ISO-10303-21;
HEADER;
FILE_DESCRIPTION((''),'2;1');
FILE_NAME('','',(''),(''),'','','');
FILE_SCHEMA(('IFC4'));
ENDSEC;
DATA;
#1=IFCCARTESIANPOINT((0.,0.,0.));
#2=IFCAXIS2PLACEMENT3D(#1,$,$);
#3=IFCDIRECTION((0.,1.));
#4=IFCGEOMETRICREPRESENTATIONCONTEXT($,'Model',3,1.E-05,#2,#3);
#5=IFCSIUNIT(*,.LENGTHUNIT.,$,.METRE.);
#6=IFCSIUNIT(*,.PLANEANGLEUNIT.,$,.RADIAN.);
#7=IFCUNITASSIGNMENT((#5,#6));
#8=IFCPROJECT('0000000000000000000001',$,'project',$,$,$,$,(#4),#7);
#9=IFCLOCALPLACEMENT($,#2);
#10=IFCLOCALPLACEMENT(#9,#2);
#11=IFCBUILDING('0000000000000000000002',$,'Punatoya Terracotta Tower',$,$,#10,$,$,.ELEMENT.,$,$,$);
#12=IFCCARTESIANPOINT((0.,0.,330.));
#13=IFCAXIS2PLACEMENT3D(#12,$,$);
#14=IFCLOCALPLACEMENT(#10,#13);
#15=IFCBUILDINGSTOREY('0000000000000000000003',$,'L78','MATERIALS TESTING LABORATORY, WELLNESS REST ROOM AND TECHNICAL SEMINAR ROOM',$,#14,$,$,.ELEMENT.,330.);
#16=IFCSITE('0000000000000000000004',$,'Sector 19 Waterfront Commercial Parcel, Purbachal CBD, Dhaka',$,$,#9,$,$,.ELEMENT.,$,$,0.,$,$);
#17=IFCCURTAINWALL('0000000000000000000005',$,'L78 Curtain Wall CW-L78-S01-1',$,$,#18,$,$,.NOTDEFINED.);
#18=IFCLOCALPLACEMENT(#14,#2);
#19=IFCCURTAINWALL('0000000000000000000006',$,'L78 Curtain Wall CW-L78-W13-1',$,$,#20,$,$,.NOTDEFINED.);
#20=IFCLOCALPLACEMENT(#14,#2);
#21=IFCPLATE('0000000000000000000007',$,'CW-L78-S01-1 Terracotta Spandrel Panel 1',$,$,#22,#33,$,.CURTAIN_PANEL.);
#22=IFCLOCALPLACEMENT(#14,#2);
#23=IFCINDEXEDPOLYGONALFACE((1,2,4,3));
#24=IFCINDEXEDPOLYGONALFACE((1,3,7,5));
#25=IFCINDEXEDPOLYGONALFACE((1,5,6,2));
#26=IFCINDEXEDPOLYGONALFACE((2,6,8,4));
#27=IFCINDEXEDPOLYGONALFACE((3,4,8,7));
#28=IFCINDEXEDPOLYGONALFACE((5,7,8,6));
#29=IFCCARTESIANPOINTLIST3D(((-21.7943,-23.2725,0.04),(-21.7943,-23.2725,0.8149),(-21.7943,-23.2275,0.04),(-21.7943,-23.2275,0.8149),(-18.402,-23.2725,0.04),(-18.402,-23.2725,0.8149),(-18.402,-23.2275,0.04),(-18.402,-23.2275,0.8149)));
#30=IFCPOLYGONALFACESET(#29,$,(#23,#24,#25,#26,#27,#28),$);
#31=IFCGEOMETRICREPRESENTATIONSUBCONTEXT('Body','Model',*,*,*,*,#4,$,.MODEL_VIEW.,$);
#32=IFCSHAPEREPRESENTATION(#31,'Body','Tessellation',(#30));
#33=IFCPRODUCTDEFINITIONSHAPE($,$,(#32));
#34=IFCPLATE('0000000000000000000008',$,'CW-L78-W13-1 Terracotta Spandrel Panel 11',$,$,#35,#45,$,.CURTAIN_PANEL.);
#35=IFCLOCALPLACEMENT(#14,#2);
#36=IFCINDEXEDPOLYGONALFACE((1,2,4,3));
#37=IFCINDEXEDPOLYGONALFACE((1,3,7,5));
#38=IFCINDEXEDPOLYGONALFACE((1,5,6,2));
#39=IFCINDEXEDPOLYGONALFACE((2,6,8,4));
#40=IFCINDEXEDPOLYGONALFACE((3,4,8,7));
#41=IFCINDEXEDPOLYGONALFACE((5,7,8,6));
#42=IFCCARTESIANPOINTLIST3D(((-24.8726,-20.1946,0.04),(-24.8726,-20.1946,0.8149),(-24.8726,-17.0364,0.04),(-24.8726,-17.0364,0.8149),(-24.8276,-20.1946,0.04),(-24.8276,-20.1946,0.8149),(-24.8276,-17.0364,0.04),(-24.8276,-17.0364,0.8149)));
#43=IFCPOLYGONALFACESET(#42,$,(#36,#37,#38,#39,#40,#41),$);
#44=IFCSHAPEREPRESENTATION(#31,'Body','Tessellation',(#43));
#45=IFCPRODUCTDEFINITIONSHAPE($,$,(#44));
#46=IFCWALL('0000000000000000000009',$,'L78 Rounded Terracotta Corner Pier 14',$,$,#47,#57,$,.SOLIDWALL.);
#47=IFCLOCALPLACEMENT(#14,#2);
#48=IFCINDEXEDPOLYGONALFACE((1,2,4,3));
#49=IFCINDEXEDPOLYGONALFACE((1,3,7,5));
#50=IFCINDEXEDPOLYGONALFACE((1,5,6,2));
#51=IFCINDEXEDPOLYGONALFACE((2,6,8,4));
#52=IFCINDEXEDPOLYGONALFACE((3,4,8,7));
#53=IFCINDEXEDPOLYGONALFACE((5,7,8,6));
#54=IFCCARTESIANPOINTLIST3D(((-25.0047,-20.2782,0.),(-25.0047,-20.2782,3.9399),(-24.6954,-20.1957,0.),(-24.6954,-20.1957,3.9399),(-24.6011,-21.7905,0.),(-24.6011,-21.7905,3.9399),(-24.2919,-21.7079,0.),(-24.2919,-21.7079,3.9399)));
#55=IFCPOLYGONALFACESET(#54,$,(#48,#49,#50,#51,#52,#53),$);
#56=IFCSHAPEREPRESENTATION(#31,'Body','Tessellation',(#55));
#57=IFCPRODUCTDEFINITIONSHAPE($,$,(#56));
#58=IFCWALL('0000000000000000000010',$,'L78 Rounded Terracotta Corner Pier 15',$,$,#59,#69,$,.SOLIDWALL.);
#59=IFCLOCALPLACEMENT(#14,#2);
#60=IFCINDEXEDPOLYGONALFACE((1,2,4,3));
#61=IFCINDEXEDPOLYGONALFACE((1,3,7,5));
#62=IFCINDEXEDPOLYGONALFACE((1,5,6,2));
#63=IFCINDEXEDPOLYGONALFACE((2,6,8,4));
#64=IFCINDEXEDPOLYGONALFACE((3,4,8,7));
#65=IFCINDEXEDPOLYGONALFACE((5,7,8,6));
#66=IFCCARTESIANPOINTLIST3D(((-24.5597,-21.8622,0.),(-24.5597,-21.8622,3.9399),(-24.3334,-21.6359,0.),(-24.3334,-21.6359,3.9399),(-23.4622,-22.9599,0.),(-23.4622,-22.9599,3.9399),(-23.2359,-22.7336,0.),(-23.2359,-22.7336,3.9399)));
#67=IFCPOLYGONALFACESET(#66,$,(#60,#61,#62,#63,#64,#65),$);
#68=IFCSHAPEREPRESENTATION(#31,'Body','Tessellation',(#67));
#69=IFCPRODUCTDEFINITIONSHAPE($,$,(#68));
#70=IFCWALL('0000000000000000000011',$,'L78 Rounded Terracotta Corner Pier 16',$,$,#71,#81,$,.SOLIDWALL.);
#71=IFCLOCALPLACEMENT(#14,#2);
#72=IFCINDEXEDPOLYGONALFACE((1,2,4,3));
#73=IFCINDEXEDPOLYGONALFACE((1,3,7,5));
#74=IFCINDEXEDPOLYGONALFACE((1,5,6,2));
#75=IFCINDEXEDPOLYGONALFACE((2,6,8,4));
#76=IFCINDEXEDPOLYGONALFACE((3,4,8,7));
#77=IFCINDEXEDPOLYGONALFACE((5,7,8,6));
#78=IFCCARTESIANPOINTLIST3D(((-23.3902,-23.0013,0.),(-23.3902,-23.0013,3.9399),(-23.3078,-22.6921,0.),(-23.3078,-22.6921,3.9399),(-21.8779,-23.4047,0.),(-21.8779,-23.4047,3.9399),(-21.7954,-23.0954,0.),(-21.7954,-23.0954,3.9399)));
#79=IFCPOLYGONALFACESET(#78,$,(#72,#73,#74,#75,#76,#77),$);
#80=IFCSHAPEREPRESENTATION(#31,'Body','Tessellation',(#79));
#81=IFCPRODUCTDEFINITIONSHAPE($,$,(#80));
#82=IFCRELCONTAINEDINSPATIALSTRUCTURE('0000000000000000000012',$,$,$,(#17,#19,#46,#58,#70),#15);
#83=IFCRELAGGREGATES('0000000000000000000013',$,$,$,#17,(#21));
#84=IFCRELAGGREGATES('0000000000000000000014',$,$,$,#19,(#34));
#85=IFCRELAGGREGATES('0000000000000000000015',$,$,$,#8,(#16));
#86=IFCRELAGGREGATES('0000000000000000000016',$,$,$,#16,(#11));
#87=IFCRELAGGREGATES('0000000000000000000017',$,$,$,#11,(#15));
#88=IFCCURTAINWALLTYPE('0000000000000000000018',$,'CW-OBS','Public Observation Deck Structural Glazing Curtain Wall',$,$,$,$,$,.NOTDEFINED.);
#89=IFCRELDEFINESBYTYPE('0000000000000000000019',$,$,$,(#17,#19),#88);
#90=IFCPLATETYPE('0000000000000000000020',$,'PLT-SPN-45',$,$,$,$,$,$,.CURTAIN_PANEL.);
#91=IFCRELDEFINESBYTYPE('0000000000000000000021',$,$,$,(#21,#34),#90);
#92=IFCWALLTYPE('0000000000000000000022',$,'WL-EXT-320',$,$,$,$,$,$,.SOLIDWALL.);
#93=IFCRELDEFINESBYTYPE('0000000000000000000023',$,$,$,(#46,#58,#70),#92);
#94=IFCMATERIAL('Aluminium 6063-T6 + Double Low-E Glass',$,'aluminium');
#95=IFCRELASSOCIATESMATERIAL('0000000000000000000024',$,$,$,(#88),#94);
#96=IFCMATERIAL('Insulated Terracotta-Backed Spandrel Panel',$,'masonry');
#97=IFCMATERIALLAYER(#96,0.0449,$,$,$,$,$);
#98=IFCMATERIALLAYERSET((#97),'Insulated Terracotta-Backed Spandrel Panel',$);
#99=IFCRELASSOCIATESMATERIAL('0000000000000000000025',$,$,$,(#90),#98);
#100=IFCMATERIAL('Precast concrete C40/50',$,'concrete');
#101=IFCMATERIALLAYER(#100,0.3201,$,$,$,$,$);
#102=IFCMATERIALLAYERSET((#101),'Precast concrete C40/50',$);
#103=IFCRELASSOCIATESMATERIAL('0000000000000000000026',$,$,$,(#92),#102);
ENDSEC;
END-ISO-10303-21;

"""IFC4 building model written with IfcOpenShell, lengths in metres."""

from ifc_helpers import new_model, si_unit, direction, frame, frame_2d, origin, origin_2d, place, context, subcontext, project, spatial, rectangle, extrude, material, layer, layer_set, type_object, element, aggregate, save


model = new_model("IFC4")

# Units and contexts
model_context = context("Model", 3, precision=1e-05, world=origin(), true_north=direction((0.0, 1.0)))
body_context = subcontext(model_context, "Body", "Model", "MODEL_VIEW")
ifc_project = project(units=[si_unit("LENGTHUNIT", "METRE"), si_unit("PLANEANGLEUNIT", "RADIAN")], contexts=[model_context])

# Site, building, storey
site_placement = place(None, origin())
site = spatial("IfcSite", under=ifc_project, at=site_placement, Name="Sector 19 Waterfront Commercial Parcel, Purbachal CBD, Dhaka", CompositionType="ELEMENT", RefElevation=0.0)
building_placement = place(site_placement, origin())
building = spatial("IfcBuilding", under=site, at=building_placement, Name="Punatoya Terracotta Tower", CompositionType="ELEMENT")
storey_placement = place(building_placement, frame((0.0, 0.0, 330.0)))
storey = spatial("IfcBuildingStorey", under=building, at=storey_placement, Name="L78", Description="MATERIALS TESTING LABORATORY, WELLNESS REST ROOM AND TECHNICAL SEMINAR ROOM", CompositionType="ELEMENT", Elevation=330.0)

# Curtain wall
ifc_material_1 = material(Name="Aluminium 6063-T6 + Double Low-E Glass", Category="aluminium")
curtain_wall_type = type_object("IfcCurtainWallType", Name="CW-OBS", Description="Public Observation Deck Structural Glazing Curtain Wall", PredefinedType="NOTDEFINED", material=ifc_material_1)
curtain_wall_1_placement = place(storey_placement, origin())
curtain_wall_1 = element("IfcCurtainWall", 1, at=curtain_wall_1_placement, inside=storey, type_object=curtain_wall_type, Name="L78 Curtain Wall CW-L78-S01-1", PredefinedType="NOTDEFINED")

# Curtain wall
curtain_wall_2_placement = place(storey_placement, origin())
curtain_wall_2 = element("IfcCurtainWall", 2, at=curtain_wall_2_placement, inside=storey, type_object=curtain_wall_type, Name="L78 Curtain Wall CW-L78-W13-1", PredefinedType="NOTDEFINED")

# Plates
ifc_material_2 = material(Name="Insulated Terracotta-Backed Spandrel Panel", Category="masonry")
ifc_layer_1 = layer(ifc_material_2, 0.0449)
ifc_layer_set_1 = layer_set([ifc_layer_1], Name="Insulated Terracotta-Backed Spandrel Panel")
plate_type_1 = type_object("IfcPlateType", Name="PLT-SPN-45", PredefinedType="CURTAIN_PANEL", material=ifc_layer_set_1)
plate_1_placement = place(storey_placement, frame((-20.0981, -23.25, 0.04), z_axis=(0.0, 0.0, 1.0), x_axis=(1.0, 0.0, 0.0)))
plate_1 = element("IfcPlate", 3, at=plate_1_placement, type_object=plate_type_1, Name="CW-L78-S01-1 Terracotta Spandrel Panel 1", PredefinedType="CURTAIN_PANEL", context=body_context, shape_type="SweptSolid", body=[
    extrude(rectangle(XDim=3.3923, YDim=0.0449, at=origin_2d()), origin(), (0.0, 0.0, 1.0), 0.7749),
])
aggregate(curtain_wall_1, [plate_1])
plate_2_placement = place(storey_placement, frame((-24.8501, -18.6155, 0.04), z_axis=(0.0, 0.0, 1.0), x_axis=(0.0, -1.0, 0.0)))
plate_2 = element("IfcPlate", 4, at=plate_2_placement, type_object=plate_type_1, Name="CW-L78-W13-1 Terracotta Spandrel Panel 11", PredefinedType="CURTAIN_PANEL", context=body_context, shape_type="SweptSolid", body=[
    extrude(rectangle(XDim=3.1582, YDim=0.0449, at=origin_2d()), origin(), (0.0, 0.0, 1.0), 0.7749),
])
aggregate(curtain_wall_2, [plate_2])

# Walls
ifc_material_3 = material(Name="Precast concrete C40/50", Category="concrete")
ifc_layer_2 = layer(ifc_material_3, 0.3201)
ifc_layer_set_2 = layer_set([ifc_layer_2], Name="Precast concrete C40/50")
wall_type = type_object("IfcWallType", Name="WL-EXT-320", PredefinedType="SOLIDWALL", material=ifc_layer_set_2)
wall_1_placement = place(storey_placement, frame((-24.8501, -20.2368, 0.0), z_axis=(0.0, 0.0, 1.0), x_axis=(0.257847, -0.966186, 0.0)))
element("IfcWall", 5, at=wall_1_placement, inside=storey, type_object=wall_type, Name="L78 Rounded Terracotta Corner Pier 14", PredefinedType="SOLIDWALL", context=body_context, shape_type="SweptSolid", body=[
    extrude(rectangle(XDim=1.5652, YDim=0.3201, at=frame_2d((0.7827, 0.0))), origin(), (0.0, 0.0, 1.0), 3.9399),
])
wall_2_placement = place(storey_placement, frame((-24.4465, -21.749, 0.0), z_axis=(0.0, 0.0, 1.0), x_axis=(0.707028, -0.707185, 0.0)))
element("IfcWall", 6, at=wall_2_placement, inside=storey, type_object=wall_type, Name="L78 Rounded Terracotta Corner Pier 15", PredefinedType="SOLIDWALL", context=body_context, shape_type="SweptSolid", body=[
    extrude(rectangle(XDim=1.5522, YDim=0.3201, at=frame_2d((0.7761, 0.0))), origin(), (0.0, 0.0, 1.0), 3.9399),
])
wall_3_placement = place(storey_placement, frame((-23.3491, -22.8467, 0.0), z_axis=(0.0, 0.0, 1.0), x_axis=(0.966225, -0.257701, 0.0)))
element("IfcWall", 7, at=wall_3_placement, inside=storey, type_object=wall_type, Name="L78 Rounded Terracotta Corner Pier 16", PredefinedType="SOLIDWALL", context=body_context, shape_type="SweptSolid", body=[
    extrude(rectangle(XDim=1.5652, YDim=0.3201, at=frame_2d((0.7827, 0.0))), origin(), (0.0, 0.0, 1.0), 3.9399),
])

save(model, "model.ifc")
